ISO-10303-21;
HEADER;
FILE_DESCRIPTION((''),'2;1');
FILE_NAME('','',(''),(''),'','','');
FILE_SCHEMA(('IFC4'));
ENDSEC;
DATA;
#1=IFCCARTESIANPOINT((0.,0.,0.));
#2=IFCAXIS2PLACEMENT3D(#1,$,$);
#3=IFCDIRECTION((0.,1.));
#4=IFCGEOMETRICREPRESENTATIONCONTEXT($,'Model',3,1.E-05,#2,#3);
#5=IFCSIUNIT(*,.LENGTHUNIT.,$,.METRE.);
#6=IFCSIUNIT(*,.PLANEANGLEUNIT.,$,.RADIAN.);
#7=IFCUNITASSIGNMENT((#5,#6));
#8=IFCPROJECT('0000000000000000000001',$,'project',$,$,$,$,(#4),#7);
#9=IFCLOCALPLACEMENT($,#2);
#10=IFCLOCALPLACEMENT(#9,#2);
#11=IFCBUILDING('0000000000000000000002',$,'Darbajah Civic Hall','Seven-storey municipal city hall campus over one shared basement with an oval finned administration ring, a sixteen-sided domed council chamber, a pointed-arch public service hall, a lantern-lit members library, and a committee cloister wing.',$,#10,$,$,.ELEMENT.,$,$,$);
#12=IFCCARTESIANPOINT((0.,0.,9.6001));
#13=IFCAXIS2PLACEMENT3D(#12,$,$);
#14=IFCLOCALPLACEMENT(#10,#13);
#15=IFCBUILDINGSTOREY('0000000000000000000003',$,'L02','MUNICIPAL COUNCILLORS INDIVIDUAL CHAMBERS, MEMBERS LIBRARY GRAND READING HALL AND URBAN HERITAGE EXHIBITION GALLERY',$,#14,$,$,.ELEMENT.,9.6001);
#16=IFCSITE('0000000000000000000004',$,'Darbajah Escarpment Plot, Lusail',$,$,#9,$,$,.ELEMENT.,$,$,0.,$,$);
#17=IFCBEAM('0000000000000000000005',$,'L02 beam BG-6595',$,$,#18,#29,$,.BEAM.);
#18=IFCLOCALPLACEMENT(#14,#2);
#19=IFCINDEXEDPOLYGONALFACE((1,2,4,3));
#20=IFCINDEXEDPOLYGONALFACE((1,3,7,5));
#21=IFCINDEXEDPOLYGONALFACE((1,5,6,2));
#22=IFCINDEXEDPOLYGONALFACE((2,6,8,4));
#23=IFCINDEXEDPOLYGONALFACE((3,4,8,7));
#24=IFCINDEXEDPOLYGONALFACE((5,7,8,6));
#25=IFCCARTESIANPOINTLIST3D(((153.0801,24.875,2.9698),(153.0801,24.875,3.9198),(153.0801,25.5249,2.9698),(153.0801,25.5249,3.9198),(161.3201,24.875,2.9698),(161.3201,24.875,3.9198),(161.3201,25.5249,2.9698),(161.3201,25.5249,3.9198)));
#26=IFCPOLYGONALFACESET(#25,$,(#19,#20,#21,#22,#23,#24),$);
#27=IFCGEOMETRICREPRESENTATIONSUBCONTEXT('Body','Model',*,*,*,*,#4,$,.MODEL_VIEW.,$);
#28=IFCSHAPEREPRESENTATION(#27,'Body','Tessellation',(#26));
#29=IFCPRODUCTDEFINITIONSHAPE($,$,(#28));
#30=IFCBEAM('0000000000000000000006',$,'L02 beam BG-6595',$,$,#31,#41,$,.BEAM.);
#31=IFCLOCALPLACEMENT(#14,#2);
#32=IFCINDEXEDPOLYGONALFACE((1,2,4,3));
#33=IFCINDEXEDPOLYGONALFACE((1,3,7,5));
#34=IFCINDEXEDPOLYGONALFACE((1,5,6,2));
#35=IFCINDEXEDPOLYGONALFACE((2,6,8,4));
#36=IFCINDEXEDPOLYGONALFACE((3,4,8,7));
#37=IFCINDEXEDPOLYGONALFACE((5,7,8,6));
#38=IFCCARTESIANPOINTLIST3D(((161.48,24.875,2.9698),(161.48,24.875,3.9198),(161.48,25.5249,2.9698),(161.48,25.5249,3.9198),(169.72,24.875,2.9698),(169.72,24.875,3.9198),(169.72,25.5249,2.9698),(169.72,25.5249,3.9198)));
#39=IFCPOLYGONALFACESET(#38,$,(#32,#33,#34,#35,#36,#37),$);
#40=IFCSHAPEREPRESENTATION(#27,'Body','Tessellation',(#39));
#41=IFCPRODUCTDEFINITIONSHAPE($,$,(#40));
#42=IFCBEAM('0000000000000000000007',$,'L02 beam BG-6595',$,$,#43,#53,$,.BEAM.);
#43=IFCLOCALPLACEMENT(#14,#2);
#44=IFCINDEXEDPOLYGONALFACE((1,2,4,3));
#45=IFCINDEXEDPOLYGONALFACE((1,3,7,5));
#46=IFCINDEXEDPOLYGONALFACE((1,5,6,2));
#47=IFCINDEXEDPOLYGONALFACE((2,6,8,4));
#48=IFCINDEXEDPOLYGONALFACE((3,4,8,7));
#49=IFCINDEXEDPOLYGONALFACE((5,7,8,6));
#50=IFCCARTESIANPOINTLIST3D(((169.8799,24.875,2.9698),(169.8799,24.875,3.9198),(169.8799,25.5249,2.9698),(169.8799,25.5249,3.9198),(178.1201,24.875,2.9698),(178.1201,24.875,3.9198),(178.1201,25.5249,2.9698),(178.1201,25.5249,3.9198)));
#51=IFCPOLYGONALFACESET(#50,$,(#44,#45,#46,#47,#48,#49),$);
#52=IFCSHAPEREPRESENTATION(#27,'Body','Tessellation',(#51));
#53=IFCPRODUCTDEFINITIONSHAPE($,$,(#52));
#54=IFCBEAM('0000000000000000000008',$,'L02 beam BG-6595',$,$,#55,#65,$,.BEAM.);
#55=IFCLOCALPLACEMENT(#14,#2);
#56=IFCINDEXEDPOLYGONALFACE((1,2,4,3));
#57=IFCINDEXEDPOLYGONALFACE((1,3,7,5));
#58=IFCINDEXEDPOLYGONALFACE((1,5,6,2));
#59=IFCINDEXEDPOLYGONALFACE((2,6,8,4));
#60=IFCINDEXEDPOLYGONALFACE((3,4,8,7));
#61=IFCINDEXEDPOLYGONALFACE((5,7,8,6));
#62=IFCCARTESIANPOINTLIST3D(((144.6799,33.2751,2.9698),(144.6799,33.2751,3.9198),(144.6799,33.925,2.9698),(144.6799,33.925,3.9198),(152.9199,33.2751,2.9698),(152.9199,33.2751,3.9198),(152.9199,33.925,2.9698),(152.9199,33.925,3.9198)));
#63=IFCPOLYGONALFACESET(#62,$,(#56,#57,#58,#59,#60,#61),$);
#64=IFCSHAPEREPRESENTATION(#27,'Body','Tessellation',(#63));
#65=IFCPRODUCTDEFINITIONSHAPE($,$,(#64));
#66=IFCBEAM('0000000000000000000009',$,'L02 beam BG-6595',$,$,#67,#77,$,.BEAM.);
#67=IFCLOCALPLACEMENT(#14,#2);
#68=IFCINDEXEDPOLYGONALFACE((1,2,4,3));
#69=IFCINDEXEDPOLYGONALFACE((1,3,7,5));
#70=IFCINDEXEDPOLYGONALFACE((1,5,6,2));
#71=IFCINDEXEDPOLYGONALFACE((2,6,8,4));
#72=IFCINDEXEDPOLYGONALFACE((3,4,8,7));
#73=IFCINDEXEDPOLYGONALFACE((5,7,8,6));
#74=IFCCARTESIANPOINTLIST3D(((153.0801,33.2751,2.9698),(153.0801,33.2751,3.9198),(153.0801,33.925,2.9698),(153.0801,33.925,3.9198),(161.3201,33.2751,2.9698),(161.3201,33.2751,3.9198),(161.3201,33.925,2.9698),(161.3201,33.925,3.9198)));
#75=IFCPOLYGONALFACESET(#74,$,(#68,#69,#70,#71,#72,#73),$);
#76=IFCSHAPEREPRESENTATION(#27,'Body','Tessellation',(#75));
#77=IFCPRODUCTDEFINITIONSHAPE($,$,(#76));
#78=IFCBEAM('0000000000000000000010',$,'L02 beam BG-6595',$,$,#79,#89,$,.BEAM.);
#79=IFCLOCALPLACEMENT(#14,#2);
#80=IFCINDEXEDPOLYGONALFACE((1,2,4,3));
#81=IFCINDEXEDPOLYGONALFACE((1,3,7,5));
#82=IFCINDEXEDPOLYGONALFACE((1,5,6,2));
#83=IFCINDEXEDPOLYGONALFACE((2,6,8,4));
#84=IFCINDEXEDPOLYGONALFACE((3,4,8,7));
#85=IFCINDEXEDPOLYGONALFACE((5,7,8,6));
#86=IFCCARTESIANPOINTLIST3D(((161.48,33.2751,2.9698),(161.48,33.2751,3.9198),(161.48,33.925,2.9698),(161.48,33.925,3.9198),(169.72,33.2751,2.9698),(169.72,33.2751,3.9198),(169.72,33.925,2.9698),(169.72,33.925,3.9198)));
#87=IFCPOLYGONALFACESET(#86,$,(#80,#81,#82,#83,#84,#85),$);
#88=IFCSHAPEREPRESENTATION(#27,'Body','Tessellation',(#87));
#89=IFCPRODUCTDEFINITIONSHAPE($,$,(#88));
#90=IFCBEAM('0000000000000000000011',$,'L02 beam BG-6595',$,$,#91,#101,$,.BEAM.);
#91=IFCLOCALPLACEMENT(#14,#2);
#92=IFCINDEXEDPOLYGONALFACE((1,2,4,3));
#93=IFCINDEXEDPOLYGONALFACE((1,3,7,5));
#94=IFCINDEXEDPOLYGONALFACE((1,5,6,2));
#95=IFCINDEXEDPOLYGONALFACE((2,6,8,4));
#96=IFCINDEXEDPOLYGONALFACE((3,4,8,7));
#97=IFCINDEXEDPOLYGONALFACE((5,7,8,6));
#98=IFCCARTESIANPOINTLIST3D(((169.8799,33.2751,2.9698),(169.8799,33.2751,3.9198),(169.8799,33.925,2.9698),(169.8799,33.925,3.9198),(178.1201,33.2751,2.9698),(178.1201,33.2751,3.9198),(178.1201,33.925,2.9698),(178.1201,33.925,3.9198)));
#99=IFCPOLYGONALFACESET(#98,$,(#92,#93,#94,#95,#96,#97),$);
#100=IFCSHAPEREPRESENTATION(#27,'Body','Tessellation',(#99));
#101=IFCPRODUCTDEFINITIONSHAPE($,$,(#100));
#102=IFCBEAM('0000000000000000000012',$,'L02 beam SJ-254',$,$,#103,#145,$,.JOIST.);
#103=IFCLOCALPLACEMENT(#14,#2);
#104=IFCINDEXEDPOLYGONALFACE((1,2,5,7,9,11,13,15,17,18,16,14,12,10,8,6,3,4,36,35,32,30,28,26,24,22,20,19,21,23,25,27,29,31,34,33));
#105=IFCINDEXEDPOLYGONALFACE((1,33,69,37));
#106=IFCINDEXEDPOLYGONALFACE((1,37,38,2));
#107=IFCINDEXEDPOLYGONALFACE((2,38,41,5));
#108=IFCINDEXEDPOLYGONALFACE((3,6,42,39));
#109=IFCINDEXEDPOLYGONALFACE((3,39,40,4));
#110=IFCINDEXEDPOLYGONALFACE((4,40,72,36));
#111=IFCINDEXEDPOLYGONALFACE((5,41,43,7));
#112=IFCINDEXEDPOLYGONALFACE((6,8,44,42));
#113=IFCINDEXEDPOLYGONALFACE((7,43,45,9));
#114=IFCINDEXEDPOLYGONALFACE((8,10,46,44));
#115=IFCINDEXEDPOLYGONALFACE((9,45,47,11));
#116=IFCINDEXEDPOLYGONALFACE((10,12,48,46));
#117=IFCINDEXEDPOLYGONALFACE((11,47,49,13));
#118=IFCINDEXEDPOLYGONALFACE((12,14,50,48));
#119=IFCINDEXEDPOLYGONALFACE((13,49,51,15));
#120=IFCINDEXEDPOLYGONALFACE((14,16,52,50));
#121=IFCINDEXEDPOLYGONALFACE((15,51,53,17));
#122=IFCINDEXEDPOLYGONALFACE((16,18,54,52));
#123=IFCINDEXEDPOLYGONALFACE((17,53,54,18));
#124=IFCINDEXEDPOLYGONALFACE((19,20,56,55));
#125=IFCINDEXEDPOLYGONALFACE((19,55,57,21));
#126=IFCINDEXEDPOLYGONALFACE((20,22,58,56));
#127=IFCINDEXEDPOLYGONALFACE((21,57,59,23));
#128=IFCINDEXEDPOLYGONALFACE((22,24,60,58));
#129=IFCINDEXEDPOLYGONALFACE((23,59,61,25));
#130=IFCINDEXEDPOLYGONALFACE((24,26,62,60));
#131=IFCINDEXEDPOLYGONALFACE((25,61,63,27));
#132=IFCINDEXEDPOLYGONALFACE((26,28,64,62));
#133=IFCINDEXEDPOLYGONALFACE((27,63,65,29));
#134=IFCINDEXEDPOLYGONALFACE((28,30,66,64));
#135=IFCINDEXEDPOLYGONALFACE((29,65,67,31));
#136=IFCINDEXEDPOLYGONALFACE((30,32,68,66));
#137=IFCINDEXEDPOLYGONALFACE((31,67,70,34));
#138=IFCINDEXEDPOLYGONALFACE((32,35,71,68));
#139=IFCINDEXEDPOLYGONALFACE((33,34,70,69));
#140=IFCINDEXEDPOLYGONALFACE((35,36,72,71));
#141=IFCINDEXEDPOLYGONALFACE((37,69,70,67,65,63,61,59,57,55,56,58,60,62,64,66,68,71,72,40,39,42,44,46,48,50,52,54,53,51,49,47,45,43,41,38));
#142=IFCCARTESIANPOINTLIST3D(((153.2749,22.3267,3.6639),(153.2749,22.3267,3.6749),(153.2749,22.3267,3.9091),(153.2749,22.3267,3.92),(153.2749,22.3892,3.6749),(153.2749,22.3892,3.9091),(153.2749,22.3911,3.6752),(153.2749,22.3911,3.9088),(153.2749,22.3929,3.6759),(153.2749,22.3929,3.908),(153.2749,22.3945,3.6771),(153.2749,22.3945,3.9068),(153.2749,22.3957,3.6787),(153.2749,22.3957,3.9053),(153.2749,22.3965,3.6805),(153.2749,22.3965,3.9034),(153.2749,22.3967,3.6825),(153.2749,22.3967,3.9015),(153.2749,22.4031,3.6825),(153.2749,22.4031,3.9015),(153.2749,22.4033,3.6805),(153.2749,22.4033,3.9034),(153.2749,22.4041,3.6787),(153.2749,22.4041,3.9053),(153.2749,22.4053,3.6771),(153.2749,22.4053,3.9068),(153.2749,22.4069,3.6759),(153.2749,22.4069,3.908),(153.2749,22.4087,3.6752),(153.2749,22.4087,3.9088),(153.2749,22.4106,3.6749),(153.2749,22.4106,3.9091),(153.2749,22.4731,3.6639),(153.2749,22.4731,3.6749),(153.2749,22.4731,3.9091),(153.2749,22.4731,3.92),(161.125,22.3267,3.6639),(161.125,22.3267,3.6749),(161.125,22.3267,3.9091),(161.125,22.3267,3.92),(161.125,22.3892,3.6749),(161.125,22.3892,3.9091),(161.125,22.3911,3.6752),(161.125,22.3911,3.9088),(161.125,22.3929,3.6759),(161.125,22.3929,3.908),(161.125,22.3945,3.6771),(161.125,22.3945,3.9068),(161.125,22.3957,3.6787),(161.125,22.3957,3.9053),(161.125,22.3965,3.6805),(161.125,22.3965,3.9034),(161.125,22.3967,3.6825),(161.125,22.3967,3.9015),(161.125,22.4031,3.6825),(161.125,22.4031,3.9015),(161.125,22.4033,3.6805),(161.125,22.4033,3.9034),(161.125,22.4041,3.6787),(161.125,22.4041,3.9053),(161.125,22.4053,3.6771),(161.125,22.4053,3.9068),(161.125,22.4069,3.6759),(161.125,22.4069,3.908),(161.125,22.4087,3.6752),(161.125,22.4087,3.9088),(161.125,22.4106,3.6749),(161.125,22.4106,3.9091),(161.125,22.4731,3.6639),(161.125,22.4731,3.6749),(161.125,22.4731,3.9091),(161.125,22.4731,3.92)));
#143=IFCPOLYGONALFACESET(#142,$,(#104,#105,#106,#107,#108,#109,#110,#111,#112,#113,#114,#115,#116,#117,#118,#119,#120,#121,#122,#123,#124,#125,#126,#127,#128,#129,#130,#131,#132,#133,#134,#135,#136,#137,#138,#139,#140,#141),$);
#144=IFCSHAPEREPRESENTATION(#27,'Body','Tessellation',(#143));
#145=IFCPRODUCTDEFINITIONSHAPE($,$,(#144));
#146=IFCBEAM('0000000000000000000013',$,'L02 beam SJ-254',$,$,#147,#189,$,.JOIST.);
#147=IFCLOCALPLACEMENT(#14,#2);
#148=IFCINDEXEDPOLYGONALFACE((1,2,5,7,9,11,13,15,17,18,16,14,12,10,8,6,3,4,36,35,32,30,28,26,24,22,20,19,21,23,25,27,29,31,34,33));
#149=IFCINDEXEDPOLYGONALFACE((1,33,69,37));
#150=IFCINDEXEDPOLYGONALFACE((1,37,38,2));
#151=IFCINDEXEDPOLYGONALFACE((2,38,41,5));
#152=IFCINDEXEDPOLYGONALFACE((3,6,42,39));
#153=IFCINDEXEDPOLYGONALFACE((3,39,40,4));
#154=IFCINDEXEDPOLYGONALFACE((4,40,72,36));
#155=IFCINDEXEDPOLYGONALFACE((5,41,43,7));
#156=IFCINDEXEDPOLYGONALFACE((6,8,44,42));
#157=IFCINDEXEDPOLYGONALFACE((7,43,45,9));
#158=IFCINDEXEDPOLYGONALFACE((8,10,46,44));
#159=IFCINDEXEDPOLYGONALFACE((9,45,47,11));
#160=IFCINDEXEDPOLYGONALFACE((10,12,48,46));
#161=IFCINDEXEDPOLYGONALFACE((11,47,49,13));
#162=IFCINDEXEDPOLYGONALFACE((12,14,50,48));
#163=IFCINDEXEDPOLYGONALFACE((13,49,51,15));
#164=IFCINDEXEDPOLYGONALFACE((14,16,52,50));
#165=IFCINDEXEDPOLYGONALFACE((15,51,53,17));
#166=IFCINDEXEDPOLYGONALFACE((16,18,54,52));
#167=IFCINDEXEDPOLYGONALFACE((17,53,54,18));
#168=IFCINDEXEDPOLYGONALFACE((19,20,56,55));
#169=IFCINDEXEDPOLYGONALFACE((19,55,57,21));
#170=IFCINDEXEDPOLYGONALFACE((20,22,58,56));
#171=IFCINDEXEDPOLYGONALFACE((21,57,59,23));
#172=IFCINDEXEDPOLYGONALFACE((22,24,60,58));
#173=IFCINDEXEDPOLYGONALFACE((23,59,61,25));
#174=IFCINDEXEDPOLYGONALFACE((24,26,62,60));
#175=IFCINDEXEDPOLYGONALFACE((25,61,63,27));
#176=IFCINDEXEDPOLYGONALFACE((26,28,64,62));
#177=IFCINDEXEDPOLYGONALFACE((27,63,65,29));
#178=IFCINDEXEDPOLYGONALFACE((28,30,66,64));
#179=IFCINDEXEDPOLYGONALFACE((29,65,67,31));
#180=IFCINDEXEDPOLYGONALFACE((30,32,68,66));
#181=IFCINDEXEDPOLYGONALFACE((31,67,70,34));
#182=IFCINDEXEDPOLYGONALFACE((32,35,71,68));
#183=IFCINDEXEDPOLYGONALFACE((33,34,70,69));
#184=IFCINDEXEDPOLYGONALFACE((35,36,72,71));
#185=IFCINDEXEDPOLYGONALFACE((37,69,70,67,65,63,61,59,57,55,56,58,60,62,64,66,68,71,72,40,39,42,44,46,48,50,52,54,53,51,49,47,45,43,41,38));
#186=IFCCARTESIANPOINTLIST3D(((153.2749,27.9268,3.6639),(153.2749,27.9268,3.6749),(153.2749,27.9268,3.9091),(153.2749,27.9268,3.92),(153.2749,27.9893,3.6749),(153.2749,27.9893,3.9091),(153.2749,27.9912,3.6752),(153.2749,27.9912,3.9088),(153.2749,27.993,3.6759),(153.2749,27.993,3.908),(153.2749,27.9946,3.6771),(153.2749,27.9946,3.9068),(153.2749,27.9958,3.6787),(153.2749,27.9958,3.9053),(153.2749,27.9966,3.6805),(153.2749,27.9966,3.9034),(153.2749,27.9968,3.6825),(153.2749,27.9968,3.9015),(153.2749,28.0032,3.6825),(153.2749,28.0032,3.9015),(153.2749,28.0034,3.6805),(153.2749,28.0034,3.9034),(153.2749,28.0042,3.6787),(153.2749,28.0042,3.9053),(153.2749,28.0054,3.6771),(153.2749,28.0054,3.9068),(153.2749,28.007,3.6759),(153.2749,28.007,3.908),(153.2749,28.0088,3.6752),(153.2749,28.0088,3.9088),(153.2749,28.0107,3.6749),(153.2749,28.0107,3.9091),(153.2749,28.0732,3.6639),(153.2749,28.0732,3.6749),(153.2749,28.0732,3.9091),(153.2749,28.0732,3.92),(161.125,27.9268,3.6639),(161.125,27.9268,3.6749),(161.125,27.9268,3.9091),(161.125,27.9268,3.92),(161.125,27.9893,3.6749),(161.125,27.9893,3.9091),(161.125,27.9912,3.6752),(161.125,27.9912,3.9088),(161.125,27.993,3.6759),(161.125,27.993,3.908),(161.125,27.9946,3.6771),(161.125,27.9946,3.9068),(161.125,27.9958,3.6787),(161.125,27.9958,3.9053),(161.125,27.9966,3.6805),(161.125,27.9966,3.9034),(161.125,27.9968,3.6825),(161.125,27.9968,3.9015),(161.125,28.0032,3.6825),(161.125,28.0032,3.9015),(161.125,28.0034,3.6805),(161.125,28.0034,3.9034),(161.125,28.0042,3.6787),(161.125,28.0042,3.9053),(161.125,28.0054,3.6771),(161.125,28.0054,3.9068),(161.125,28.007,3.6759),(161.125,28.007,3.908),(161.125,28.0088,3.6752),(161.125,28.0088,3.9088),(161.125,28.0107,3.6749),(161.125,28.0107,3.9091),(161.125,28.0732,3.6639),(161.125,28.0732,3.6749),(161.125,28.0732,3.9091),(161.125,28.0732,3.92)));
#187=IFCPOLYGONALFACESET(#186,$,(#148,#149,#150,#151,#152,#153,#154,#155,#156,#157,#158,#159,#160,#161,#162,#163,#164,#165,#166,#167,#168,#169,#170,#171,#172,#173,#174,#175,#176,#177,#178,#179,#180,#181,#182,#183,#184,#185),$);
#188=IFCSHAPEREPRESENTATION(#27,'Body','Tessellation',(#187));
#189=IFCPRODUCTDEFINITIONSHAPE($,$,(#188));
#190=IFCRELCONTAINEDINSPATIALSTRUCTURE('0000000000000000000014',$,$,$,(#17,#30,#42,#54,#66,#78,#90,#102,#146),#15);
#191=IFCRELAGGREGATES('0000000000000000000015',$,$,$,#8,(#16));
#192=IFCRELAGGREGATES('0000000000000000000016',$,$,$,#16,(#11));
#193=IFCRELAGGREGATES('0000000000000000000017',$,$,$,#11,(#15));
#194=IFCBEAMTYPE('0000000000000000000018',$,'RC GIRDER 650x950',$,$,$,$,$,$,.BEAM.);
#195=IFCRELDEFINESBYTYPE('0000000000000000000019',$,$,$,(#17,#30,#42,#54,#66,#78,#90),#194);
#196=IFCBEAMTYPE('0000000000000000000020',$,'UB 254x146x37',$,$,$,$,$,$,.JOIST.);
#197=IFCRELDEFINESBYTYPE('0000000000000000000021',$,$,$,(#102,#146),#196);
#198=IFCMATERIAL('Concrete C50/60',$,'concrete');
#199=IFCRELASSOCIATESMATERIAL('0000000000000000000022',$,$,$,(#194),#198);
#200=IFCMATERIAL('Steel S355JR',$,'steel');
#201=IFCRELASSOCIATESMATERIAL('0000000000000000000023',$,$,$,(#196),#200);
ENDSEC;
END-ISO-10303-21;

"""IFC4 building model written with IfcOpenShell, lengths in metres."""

from ifc_helpers import new_model, si_unit, direction, frame, origin, origin_2d, place, context, subcontext, project, spatial, rectangle, i_section, extrude, material, material_profile, profile_set, type_object, element, save


model = new_model("IFC4")

# Units and contexts
model_context = context("Model", 3, precision=1e-05, world=origin(), true_north=direction((0.0, 1.0)))
body_context = subcontext(model_context, "Body", "Model", "MODEL_VIEW")
ifc_project = project(units=[si_unit("LENGTHUNIT", "METRE"), si_unit("PLANEANGLEUNIT", "RADIAN")], contexts=[model_context])

# Site, building, storey
site_placement = place(None, origin())
site = spatial("IfcSite", under=ifc_project, at=site_placement, Name="Darbajah Escarpment Plot, Lusail", CompositionType="ELEMENT", RefElevation=0.0)
building_placement = place(site_placement, origin())
building = spatial("IfcBuilding", under=site, at=building_placement, Name="Darbajah Civic Hall", Description="Seven-storey municipal city hall campus over one shared basement with an oval finned administration ring, a sixteen-sided domed council chamber, a pointed-arch public service hall, a lantern-lit members library, and a committee cloister wing.", CompositionType="ELEMENT")
storey_placement = place(building_placement, frame((0.0, 0.0, 9.6001)))
storey = spatial("IfcBuildingStorey", under=building, at=storey_placement, Name="L02", Description="MUNICIPAL COUNCILLORS INDIVIDUAL CHAMBERS, MEMBERS LIBRARY GRAND READING HALL AND URBAN HERITAGE EXHIBITION GALLERY", CompositionType="ELEMENT", Elevation=9.6001)

# Shared definitions
ifc_material_1 = material(Name="Steel S355JR", Category="steel")

# Beams
ifc_material_2 = material(Name="Concrete C50/60", Category="concrete")
ifc_material_profile_1 = material_profile(ifc_material_2, rectangle(XDim=0.6499, YDim=0.95, at=origin_2d()), Name="RC GIRDER 650x950")
ifc_profile_set_1 = profile_set([ifc_material_profile_1], Name="Concrete C50/60")
beam_type_1 = type_object("IfcBeamType", Name="RC GIRDER 650x950", PredefinedType="BEAM", material=ifc_profile_set_1)
for number, where, z_axis, x_axis, name in (
    (1, (153.0801, 25.2, 3.4448), (1.0, 0.0, 0.0), (0.0, 1.0, 0.0), "L02 beam BG-6595"),
    (2, (161.48, 25.2, 3.4448), (1.0, 0.0, 0.0), (0.0, 1.0, 0.0), "L02 beam BG-6595"),
):
    element("IfcBeam", number, at=place(storey_placement, frame(where, z_axis=z_axis, x_axis=x_axis)), inside=storey, type_object=beam_type_1, Name=name, PredefinedType="BEAM", context=body_context, shape_type="SweptSolid", body=[
        extrude(rectangle(XDim=0.6499, YDim=0.95, at=origin_2d()), origin(), (0.0, 0.0, 1.0), 8.24),
    ])
beam_1_placement = place(storey_placement, frame((169.8799, 25.2, 3.4448), z_axis=(1.0, 0.0, 0.0), x_axis=(0.0, 1.0, 0.0)))
element("IfcBeam", 3, at=beam_1_placement, inside=storey, type_object=beam_type_1, Name="L02 beam BG-6595", PredefinedType="BEAM", context=body_context, shape_type="SweptSolid", body=[
    extrude(rectangle(XDim=0.6499, YDim=0.95, at=origin_2d()), origin(), (0.0, 0.0, 1.0), 8.2402),
])
for number, where, z_axis, x_axis, name in (
    (4, (144.6799, 33.6001, 3.4448), (1.0, 0.0, 0.0), (0.0, 1.0, 0.0), "L02 beam BG-6595"),
    (5, (153.0801, 33.6001, 3.4448), (1.0, 0.0, 0.0), (0.0, 1.0, 0.0), "L02 beam BG-6595"),
    (6, (161.48, 33.6001, 3.4448), (1.0, 0.0, 0.0), (0.0, 1.0, 0.0), "L02 beam BG-6595"),
):
    element("IfcBeam", number, at=place(storey_placement, frame(where, z_axis=z_axis, x_axis=x_axis)), inside=storey, type_object=beam_type_1, Name=name, PredefinedType="BEAM", context=body_context, shape_type="SweptSolid", body=[
        extrude(rectangle(XDim=0.6499, YDim=0.95, at=origin_2d()), origin(), (0.0, 0.0, 1.0), 8.24),
    ])
beam_2_placement = place(storey_placement, frame((169.8799, 33.6001, 3.4448), z_axis=(1.0, 0.0, 0.0), x_axis=(0.0, 1.0, 0.0)))
element("IfcBeam", 7, at=beam_2_placement, inside=storey, type_object=beam_type_1, Name="L02 beam BG-6595", PredefinedType="BEAM", context=body_context, shape_type="SweptSolid", body=[
    extrude(rectangle(XDim=0.6499, YDim=0.95, at=origin_2d()), origin(), (0.0, 0.0, 1.0), 8.2402),
])
ifc_material_profile_2 = material_profile(ifc_material_1, i_section(OverallWidth=0.1465, OverallDepth=0.2561, WebThickness=0.0063, FlangeThickness=0.011, FilletRadius=0.0076, at=origin_2d()), Name="UB 254x146x37")
ifc_profile_set_2 = profile_set([ifc_material_profile_2], Name="Steel S355JR")
beam_type_2 = type_object("IfcBeamType", Name="UB 254x146x37", PredefinedType="JOIST", material=ifc_profile_set_2)
for number, where, z_axis, x_axis, name in (
    (8, (153.2749, 22.3999, 3.792), (1.0, 0.0, 0.0), (0.0, 1.0, 0.0), "L02 beam SJ-254"),
    (9, (153.2749, 28.0, 3.792), (1.0, 0.0, 0.0), (0.0, 1.0, 0.0), "L02 beam SJ-254"),
):
    element("IfcBeam", number, at=place(storey_placement, frame(where, z_axis=z_axis, x_axis=x_axis)), inside=storey, type_object=beam_type_2, Name=name, PredefinedType="JOIST", context=body_context, shape_type="SweptSolid", body=[
        extrude(i_section(OverallWidth=0.1465, OverallDepth=0.2561, WebThickness=0.0063, FlangeThickness=0.011, FilletRadius=0.0076, at=origin_2d()), origin(), (0.0, 0.0, 1.0), 7.8501),
    ])

save(model, "model.ifc")
